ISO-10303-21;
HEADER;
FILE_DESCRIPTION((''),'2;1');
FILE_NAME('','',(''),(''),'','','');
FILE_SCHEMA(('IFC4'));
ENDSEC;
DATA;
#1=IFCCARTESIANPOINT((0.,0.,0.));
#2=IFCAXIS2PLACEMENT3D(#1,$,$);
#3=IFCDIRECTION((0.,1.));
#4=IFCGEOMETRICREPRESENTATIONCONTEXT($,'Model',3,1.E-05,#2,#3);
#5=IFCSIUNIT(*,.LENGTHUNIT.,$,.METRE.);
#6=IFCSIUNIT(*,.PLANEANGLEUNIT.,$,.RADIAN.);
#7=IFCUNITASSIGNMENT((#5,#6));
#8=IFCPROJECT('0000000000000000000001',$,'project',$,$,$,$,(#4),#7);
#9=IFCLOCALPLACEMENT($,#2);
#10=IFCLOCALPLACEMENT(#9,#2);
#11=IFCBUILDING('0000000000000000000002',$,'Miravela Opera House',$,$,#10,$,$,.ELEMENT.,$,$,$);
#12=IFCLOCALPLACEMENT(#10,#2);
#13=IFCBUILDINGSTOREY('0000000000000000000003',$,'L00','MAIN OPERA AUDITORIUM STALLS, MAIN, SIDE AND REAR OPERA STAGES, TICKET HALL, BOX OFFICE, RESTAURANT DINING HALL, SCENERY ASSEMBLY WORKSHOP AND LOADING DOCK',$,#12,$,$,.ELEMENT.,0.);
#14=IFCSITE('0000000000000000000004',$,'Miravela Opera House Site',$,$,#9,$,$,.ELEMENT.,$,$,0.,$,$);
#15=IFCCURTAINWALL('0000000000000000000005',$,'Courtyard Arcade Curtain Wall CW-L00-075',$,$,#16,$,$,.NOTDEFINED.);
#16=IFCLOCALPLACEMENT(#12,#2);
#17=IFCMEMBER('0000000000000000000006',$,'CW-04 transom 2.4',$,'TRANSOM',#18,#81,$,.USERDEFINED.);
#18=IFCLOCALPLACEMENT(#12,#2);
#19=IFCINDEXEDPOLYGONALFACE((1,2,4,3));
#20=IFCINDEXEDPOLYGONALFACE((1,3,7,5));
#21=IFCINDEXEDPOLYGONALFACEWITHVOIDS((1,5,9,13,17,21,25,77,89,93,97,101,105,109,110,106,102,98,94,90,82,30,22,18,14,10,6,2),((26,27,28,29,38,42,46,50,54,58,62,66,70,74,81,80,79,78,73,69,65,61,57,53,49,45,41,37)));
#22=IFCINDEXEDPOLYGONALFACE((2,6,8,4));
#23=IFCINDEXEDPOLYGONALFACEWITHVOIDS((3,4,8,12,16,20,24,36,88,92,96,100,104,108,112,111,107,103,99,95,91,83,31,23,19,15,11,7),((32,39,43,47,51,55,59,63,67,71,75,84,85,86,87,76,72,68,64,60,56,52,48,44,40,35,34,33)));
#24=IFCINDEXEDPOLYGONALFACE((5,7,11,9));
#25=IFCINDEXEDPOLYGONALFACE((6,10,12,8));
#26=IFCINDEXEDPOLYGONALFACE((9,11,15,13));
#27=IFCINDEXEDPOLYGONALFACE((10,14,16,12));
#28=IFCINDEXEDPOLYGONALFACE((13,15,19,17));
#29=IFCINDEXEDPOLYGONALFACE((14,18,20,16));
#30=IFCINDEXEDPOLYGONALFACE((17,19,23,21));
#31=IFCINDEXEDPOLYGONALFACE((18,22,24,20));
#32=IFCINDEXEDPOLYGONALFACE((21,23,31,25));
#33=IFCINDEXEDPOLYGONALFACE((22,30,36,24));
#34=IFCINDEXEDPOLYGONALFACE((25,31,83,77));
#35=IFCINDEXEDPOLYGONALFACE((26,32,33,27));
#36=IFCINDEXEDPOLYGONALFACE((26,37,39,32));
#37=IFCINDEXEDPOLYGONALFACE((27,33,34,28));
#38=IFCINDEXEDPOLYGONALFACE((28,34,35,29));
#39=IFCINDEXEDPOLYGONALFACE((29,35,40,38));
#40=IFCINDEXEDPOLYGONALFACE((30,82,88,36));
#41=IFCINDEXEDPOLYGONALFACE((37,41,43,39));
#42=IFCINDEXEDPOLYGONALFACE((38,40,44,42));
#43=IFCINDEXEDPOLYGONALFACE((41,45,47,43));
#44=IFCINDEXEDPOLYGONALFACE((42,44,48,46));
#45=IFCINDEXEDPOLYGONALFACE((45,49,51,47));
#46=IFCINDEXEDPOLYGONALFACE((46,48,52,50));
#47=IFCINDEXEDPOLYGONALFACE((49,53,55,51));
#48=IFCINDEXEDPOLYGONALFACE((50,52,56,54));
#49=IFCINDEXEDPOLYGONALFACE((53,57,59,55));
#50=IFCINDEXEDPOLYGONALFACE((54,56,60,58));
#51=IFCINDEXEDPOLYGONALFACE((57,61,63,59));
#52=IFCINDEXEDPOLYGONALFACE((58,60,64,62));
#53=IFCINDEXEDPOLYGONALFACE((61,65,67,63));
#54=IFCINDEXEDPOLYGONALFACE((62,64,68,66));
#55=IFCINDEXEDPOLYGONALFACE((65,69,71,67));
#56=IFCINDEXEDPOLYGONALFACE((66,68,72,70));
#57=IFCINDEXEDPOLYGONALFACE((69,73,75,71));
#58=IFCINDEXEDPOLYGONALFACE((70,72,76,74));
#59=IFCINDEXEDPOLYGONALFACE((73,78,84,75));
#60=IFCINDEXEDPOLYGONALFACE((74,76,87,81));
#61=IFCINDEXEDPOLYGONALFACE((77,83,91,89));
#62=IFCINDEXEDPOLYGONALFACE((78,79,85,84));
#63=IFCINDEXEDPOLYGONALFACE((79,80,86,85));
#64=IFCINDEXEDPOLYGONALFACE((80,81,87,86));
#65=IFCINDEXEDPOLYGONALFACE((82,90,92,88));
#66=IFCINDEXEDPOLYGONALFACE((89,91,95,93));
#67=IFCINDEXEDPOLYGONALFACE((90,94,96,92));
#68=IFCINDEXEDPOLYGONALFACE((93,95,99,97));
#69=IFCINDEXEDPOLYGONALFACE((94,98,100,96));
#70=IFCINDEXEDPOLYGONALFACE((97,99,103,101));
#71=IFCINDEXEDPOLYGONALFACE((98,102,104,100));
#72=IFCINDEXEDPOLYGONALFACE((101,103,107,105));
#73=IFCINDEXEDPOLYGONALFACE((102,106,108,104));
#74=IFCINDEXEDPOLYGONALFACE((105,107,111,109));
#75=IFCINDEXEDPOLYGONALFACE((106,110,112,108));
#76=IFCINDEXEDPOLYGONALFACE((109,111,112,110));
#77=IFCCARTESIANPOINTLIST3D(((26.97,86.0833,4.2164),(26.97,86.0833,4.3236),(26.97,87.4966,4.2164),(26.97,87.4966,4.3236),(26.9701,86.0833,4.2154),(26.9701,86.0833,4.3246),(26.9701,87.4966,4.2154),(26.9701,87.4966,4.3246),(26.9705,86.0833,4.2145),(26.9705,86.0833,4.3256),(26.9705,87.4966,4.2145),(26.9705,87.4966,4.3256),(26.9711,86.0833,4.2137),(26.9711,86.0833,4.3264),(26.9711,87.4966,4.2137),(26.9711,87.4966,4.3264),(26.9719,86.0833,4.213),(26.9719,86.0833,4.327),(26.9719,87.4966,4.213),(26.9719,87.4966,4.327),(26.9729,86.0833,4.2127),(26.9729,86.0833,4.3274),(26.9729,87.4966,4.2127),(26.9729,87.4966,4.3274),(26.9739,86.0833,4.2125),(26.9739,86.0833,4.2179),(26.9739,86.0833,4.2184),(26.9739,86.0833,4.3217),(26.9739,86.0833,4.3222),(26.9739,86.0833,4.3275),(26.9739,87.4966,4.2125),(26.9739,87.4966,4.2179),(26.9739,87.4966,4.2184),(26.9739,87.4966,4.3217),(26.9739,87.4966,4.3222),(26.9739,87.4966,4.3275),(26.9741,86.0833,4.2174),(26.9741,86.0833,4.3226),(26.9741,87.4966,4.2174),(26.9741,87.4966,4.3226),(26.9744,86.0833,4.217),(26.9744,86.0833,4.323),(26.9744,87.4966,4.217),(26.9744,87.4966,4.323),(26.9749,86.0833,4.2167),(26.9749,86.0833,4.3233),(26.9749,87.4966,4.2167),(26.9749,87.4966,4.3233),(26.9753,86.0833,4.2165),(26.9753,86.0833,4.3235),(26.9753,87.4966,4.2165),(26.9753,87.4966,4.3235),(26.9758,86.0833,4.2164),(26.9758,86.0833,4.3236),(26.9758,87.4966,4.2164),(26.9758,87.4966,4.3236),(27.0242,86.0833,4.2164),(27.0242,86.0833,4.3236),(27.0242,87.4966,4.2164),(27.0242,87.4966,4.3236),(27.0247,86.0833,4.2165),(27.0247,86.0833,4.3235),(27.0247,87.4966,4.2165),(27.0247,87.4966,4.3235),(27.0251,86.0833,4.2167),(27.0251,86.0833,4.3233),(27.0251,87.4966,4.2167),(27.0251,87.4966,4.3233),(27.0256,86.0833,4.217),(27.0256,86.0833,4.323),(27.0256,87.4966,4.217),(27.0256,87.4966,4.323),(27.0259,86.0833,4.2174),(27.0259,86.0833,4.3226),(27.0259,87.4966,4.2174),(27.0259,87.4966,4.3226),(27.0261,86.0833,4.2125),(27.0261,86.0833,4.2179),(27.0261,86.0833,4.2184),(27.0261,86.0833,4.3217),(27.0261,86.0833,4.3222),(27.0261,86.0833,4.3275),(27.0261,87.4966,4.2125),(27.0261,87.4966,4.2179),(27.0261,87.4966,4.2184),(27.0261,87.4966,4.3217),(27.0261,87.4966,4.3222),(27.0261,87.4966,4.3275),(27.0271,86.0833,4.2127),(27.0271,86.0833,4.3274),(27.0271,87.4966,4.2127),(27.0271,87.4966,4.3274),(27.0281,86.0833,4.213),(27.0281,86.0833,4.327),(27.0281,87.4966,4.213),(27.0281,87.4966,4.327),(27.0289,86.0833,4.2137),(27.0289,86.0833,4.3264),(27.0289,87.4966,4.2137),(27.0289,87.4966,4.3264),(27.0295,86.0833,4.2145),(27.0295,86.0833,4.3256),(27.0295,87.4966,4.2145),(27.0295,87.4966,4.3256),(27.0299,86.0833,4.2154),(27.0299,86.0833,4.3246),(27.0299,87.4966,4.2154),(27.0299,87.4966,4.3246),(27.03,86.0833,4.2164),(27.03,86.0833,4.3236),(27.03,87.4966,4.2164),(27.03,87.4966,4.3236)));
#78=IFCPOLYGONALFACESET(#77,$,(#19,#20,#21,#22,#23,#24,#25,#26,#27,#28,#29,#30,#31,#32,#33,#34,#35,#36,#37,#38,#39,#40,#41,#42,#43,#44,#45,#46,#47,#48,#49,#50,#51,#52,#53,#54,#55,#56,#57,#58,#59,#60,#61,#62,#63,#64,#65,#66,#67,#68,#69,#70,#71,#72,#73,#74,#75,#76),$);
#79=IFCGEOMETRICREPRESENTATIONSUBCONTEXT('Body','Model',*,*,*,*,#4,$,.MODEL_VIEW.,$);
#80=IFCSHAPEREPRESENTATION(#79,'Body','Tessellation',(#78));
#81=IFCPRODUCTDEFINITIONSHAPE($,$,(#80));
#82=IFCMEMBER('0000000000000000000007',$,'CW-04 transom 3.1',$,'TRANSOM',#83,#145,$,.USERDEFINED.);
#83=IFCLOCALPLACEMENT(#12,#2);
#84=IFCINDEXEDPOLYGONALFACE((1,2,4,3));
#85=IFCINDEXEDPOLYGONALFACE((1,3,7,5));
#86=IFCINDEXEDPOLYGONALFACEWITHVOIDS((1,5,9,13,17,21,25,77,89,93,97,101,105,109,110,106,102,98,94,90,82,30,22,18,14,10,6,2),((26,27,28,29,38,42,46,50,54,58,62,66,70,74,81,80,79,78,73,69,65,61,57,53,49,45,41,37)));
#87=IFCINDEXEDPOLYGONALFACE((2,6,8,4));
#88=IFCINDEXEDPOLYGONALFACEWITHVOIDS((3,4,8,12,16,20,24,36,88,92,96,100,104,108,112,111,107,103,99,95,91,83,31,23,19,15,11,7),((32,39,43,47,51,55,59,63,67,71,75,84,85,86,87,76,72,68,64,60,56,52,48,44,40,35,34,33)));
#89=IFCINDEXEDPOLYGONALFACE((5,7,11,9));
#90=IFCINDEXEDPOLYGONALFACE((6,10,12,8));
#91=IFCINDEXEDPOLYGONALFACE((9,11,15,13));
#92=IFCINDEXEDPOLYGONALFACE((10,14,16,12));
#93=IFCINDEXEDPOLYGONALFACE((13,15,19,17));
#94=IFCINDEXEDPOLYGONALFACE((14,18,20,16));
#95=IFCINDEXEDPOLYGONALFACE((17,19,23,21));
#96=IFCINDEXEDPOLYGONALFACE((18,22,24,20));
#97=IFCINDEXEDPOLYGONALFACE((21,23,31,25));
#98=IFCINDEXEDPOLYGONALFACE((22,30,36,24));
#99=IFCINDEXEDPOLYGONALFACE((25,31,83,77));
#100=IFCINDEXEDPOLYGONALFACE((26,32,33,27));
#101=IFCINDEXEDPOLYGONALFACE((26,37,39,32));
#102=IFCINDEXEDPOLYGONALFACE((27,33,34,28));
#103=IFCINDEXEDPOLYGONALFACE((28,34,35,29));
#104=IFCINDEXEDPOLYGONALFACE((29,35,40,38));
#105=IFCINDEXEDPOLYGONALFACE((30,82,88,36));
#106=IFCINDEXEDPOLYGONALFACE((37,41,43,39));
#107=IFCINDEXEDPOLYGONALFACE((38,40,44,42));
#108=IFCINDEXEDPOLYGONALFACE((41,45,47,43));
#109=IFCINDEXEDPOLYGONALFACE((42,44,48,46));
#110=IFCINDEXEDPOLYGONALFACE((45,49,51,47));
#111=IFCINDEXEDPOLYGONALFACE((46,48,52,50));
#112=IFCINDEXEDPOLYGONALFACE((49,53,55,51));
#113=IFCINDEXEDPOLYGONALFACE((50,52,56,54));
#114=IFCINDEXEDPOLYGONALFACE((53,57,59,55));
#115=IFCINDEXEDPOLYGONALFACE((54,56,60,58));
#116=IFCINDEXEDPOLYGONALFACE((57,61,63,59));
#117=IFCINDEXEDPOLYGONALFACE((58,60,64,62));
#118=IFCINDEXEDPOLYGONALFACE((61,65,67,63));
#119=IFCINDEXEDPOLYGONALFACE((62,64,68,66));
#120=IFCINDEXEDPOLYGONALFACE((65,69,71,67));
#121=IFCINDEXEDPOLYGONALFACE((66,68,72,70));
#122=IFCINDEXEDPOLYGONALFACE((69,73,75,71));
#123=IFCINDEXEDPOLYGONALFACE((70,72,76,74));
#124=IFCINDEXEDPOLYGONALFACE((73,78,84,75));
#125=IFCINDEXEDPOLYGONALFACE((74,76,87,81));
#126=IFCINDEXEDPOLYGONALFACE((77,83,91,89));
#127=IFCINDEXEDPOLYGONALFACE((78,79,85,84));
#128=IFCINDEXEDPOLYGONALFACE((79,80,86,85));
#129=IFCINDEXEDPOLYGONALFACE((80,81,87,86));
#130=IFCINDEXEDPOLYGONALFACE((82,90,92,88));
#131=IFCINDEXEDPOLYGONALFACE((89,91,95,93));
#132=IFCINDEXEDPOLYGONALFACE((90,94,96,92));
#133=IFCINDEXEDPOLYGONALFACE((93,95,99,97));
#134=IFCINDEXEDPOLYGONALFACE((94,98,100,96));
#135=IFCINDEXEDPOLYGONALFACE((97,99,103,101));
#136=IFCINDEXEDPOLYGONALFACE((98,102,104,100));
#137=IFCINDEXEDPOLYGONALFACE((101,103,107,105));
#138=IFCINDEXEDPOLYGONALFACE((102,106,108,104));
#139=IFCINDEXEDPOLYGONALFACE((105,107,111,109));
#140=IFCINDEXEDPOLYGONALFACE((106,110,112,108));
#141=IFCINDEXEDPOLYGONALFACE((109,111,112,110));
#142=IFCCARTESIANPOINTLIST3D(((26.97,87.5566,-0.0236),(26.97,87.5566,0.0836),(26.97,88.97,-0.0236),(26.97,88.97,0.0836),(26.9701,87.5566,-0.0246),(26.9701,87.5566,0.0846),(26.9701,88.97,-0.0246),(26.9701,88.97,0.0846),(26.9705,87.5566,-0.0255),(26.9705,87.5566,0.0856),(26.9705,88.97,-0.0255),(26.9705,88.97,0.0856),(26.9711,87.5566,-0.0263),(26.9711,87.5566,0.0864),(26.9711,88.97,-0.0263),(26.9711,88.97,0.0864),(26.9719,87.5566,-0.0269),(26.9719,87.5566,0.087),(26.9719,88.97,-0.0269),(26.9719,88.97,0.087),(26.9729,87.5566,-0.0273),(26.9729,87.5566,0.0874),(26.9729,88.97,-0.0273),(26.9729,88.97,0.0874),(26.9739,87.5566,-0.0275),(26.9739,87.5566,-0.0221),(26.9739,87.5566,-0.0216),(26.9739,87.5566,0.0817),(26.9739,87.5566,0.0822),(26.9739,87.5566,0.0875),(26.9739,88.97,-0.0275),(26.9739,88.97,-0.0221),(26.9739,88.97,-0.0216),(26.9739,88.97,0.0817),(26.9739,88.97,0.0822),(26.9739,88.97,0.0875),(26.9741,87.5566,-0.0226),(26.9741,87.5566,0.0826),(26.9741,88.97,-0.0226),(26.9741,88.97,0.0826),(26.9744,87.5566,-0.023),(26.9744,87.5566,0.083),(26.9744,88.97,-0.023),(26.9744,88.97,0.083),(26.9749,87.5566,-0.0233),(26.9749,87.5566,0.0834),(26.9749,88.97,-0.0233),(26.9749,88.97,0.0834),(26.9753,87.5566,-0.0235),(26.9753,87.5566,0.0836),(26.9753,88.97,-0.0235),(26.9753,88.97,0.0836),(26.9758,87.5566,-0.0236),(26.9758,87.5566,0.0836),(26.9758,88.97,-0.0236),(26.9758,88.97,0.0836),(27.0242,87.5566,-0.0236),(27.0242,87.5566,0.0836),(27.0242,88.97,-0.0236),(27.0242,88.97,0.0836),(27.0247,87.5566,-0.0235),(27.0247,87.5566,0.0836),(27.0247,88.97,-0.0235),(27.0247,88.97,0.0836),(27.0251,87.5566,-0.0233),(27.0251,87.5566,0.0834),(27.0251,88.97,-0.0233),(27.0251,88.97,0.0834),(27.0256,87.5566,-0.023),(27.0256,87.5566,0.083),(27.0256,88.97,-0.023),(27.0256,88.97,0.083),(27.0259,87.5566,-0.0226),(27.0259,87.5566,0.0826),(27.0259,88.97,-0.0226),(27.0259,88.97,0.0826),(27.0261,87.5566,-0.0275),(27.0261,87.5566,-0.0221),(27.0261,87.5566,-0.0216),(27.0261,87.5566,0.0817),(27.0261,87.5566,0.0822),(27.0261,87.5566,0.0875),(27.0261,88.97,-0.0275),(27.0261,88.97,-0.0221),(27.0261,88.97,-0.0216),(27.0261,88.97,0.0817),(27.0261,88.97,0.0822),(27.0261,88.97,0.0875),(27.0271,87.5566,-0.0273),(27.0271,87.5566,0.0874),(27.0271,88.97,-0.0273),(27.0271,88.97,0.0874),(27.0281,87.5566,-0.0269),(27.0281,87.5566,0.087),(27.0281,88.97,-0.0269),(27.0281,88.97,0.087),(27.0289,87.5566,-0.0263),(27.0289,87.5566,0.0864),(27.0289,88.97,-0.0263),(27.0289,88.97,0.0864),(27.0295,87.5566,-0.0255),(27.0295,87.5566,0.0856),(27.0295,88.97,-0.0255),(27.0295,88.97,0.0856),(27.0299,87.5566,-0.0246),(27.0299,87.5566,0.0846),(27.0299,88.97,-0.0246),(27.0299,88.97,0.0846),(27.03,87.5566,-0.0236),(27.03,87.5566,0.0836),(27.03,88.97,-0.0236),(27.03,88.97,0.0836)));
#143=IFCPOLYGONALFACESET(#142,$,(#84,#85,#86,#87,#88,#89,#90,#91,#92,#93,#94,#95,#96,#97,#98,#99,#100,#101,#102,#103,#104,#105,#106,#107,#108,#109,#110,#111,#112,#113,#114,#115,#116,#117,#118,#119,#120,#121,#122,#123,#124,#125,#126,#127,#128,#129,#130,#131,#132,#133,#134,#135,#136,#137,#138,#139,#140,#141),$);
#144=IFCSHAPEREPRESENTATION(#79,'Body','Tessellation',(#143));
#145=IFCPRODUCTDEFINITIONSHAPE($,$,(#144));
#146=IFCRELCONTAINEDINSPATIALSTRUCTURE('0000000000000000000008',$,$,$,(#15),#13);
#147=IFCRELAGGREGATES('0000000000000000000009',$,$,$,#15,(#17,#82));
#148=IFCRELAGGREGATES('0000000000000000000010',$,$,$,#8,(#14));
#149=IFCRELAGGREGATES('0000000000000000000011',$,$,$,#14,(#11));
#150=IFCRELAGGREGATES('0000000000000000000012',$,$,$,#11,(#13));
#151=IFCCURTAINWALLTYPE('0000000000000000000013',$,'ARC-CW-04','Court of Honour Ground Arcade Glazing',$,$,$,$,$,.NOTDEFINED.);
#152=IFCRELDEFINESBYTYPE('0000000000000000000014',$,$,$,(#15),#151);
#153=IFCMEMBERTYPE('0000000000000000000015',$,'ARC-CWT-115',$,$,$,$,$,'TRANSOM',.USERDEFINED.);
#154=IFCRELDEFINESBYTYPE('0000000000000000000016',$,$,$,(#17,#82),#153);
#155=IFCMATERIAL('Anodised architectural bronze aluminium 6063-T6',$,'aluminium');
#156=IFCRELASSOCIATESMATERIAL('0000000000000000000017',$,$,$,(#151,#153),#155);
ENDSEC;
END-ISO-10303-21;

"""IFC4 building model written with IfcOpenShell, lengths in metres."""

from ifc_helpers import new_model, si_unit, direction, frame, origin, origin_2d, place, context, subcontext, project, spatial, hollow_rectangle, extrude, material, material_profile, profile_set, type_object, element, aggregate, save


model = new_model("IFC4")

# Units and contexts
model_context = context("Model", 3, precision=1e-05, world=origin(), true_north=direction((0.0, 1.0)))
body_context = subcontext(model_context, "Body", "Model", "MODEL_VIEW")
ifc_project = project(units=[si_unit("LENGTHUNIT", "METRE"), si_unit("PLANEANGLEUNIT", "RADIAN")], contexts=[model_context])

# Site, building, storey
site_placement = place(None, origin())
site = spatial("IfcSite", under=ifc_project, at=site_placement, Name="Miravela Opera House Site", CompositionType="ELEMENT", RefElevation=0.0)
building_placement = place(site_placement, origin())
building = spatial("IfcBuilding", under=site, at=building_placement, Name="Miravela Opera House", CompositionType="ELEMENT")
storey_placement = place(building_placement, origin())
storey = spatial("IfcBuildingStorey", under=building, at=storey_placement, Name="L00", Description="MAIN OPERA AUDITORIUM STALLS, MAIN, SIDE AND REAR OPERA STAGES, TICKET HALL, BOX OFFICE, RESTAURANT DINING HALL, SCENERY ASSEMBLY WORKSHOP AND LOADING DOCK", CompositionType="ELEMENT", Elevation=0.0)

# Curtain wall, members
ifc_material_1 = material(Name="Anodised architectural bronze aluminium 6063-T6", Category="aluminium")
curtain_wall_type = type_object("IfcCurtainWallType", Name="ARC-CW-04", Description="Court of Honour Ground Arcade Glazing", PredefinedType="NOTDEFINED", material=ifc_material_1)
curtain_wall_placement = place(storey_placement, origin())
curtain_wall = element("IfcCurtainWall", 1, at=curtain_wall_placement, inside=storey, type_object=curtain_wall_type, Name="Courtyard Arcade Curtain Wall CW-L00-075", PredefinedType="NOTDEFINED")
ifc_material_profile_1 = material_profile(ifc_material_1, hollow_rectangle(XDim=0.0601, YDim=0.115, WallThickness=0.0039, InnerFilletRadius=0.002, OuterFilletRadius=0.0039, at=origin_2d()), Name="CWT-60X115")
ifc_profile_set_1 = profile_set([ifc_material_profile_1])
member_type_1 = type_object("IfcMemberType", Name="ARC-CWT-115", ElementType="TRANSOM", PredefinedType="USERDEFINED", material=ifc_profile_set_1)
member_1_placement = place(storey_placement, frame((27.0, 86.0833, 4.27), z_axis=(0.0, 1.0, 0.0), x_axis=(-1.0, 0.0, 0.0)))
member_1 = element("IfcMember", 2, at=member_1_placement, type_object=member_type_1, Name="CW-04 transom 2.4", ObjectType="TRANSOM", PredefinedType="USERDEFINED", context=body_context, shape_type="SweptSolid", body=[
    extrude(hollow_rectangle(XDim=0.0601, YDim=0.115, WallThickness=0.0039, InnerFilletRadius=0.002, OuterFilletRadius=0.0039, at=origin_2d()), origin(), (0.0, 0.0, 1.0), 1.4133),
])
member_2_placement = place(storey_placement, frame((27.0, 87.5566, 0.03), z_axis=(0.0, 1.0, 0.0), x_axis=(-1.0, 0.0, 0.0)))
member_2 = element("IfcMember", 3, at=member_2_placement, type_object=member_type_1, Name="CW-04 transom 3.1", ObjectType="TRANSOM", PredefinedType="USERDEFINED", context=body_context, shape_type="SweptSolid", body=[
    extrude(hollow_rectangle(XDim=0.0601, YDim=0.115, WallThickness=0.0039, InnerFilletRadius=0.002, OuterFilletRadius=0.0039, at=origin_2d()), origin(), (0.0, 0.0, 1.0), 1.4133),
])

aggregate(curtain_wall, [member_1, member_2])

save(model, "model.ifc")
